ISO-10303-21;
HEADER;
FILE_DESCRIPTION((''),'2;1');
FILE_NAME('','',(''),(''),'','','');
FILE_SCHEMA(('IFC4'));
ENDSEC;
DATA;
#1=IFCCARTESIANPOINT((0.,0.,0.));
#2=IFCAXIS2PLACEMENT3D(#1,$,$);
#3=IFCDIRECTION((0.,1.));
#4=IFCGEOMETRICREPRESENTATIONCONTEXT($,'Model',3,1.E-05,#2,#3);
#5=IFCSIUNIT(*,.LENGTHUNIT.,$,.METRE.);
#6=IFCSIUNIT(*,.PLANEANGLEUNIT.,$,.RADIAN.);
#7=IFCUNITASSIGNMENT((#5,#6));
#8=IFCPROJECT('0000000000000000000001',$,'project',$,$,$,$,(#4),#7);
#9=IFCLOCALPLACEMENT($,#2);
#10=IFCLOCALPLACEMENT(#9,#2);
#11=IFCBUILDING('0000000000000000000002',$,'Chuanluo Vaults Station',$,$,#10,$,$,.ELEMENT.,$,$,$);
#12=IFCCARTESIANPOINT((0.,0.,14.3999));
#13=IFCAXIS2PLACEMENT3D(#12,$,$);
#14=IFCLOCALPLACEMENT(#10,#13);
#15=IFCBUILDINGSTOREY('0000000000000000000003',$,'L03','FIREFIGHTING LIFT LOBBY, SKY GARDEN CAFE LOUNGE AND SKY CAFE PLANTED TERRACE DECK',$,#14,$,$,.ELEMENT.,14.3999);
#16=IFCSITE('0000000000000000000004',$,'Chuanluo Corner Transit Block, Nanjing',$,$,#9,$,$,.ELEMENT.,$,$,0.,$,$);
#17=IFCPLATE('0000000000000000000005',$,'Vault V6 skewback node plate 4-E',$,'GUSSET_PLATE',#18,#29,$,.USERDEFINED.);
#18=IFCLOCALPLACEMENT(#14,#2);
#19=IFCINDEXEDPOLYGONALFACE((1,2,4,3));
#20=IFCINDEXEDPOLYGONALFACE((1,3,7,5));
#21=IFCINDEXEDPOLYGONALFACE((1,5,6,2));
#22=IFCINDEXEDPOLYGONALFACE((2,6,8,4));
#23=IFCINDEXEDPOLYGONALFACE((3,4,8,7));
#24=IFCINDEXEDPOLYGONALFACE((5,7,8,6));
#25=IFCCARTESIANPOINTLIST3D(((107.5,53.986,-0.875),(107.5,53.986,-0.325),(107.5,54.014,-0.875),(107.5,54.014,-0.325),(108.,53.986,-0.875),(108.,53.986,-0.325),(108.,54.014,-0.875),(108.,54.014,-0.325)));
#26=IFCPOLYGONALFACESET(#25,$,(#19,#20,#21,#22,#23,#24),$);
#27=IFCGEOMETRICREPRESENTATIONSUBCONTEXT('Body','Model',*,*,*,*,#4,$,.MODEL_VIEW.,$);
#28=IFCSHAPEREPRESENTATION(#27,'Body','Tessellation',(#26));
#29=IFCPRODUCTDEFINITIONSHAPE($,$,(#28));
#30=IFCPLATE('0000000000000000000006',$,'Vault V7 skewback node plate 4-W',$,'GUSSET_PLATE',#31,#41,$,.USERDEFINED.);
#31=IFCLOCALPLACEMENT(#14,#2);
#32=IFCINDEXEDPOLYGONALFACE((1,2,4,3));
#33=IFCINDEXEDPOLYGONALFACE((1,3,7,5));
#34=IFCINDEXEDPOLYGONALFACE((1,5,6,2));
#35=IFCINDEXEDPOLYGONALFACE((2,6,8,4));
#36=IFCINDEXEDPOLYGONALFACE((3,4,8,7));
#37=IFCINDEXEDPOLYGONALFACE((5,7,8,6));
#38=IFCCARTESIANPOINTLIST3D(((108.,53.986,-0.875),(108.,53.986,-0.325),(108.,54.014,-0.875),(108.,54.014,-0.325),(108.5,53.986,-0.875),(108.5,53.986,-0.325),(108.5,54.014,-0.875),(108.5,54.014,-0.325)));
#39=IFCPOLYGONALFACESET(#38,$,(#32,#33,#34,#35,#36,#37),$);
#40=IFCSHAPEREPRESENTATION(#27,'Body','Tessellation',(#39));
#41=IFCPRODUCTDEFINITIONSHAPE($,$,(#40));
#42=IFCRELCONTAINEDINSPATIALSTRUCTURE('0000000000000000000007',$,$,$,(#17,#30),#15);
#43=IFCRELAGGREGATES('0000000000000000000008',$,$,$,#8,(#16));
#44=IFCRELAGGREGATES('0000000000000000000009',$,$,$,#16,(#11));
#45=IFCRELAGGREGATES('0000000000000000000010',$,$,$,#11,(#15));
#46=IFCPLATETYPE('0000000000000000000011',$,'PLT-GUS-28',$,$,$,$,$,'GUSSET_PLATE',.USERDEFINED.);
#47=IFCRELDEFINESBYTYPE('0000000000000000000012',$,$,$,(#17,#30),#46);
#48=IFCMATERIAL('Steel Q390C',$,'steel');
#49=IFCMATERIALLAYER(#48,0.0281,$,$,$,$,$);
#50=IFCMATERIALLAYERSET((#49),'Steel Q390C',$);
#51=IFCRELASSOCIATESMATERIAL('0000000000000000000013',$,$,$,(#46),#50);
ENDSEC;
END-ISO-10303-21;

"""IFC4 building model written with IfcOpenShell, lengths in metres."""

from ifc_helpers import new_model, si_unit, direction, frame, origin, origin_2d, place, context, subcontext, project, spatial, rectangle, extrude, material, layer, layer_set, type_object, element, save


model = new_model("IFC4")

# Units and contexts
model_context = context("Model", 3, precision=1e-05, world=origin(), true_north=direction((0.0, 1.0)))
body_context = subcontext(model_context, "Body", "Model", "MODEL_VIEW")
ifc_project = project(units=[si_unit("LENGTHUNIT", "METRE"), si_unit("PLANEANGLEUNIT", "RADIAN")], contexts=[model_context])

# Site, building, storey
site_placement = place(None, origin())
site = spatial("IfcSite", under=ifc_project, at=site_placement, Name="Chuanluo Corner Transit Block, Nanjing", CompositionType="ELEMENT", RefElevation=0.0)
building_placement = place(site_placement, origin())
building = spatial("IfcBuilding", under=site, at=building_placement, Name="Chuanluo Vaults Station", CompositionType="ELEMENT")
storey_placement = place(building_placement, frame((0.0, 0.0, 14.3999)))
storey = spatial("IfcBuildingStorey", under=building, at=storey_placement, Name="L03", Description="FIREFIGHTING LIFT LOBBY, SKY GARDEN CAFE LOUNGE AND SKY CAFE PLANTED TERRACE DECK", CompositionType="ELEMENT", Elevation=14.3999)

# Plates
ifc_material_1 = material(Name="Steel Q390C", Category="steel")
ifc_layer = layer(ifc_material_1, 0.0281)
ifc_layer_set = layer_set([ifc_layer], Name="Steel Q390C")
plate_type = type_object("IfcPlateType", Name="PLT-GUS-28", ElementType="GUSSET_PLATE", PredefinedType="USERDEFINED", material=ifc_layer_set)
for number, where, z_axis, x_axis, name in (
    (1, (107.75, 54.0, -0.875), (0.0, 0.0, 1.0), (1.0, 0.0, 0.0), "Vault V6 skewback node plate 4-E"),
    (2, (108.25, 54.0, -0.875), (0.0, 0.0, 1.0), (1.0, 0.0, 0.0), "Vault V7 skewback node plate 4-W"),
):
    element("IfcPlate", number, at=place(storey_placement, frame(where, z_axis=z_axis, x_axis=x_axis)), inside=storey, type_object=plate_type, Name=name, ObjectType="GUSSET_PLATE", PredefinedType="USERDEFINED", context=body_context, shape_type="SweptSolid", body=[
        extrude(rectangle(XDim=0.5, YDim=0.0281, at=origin_2d()), origin(), (0.0, 0.0, 1.0), 0.55),
    ])

save(model, "model.ifc")
